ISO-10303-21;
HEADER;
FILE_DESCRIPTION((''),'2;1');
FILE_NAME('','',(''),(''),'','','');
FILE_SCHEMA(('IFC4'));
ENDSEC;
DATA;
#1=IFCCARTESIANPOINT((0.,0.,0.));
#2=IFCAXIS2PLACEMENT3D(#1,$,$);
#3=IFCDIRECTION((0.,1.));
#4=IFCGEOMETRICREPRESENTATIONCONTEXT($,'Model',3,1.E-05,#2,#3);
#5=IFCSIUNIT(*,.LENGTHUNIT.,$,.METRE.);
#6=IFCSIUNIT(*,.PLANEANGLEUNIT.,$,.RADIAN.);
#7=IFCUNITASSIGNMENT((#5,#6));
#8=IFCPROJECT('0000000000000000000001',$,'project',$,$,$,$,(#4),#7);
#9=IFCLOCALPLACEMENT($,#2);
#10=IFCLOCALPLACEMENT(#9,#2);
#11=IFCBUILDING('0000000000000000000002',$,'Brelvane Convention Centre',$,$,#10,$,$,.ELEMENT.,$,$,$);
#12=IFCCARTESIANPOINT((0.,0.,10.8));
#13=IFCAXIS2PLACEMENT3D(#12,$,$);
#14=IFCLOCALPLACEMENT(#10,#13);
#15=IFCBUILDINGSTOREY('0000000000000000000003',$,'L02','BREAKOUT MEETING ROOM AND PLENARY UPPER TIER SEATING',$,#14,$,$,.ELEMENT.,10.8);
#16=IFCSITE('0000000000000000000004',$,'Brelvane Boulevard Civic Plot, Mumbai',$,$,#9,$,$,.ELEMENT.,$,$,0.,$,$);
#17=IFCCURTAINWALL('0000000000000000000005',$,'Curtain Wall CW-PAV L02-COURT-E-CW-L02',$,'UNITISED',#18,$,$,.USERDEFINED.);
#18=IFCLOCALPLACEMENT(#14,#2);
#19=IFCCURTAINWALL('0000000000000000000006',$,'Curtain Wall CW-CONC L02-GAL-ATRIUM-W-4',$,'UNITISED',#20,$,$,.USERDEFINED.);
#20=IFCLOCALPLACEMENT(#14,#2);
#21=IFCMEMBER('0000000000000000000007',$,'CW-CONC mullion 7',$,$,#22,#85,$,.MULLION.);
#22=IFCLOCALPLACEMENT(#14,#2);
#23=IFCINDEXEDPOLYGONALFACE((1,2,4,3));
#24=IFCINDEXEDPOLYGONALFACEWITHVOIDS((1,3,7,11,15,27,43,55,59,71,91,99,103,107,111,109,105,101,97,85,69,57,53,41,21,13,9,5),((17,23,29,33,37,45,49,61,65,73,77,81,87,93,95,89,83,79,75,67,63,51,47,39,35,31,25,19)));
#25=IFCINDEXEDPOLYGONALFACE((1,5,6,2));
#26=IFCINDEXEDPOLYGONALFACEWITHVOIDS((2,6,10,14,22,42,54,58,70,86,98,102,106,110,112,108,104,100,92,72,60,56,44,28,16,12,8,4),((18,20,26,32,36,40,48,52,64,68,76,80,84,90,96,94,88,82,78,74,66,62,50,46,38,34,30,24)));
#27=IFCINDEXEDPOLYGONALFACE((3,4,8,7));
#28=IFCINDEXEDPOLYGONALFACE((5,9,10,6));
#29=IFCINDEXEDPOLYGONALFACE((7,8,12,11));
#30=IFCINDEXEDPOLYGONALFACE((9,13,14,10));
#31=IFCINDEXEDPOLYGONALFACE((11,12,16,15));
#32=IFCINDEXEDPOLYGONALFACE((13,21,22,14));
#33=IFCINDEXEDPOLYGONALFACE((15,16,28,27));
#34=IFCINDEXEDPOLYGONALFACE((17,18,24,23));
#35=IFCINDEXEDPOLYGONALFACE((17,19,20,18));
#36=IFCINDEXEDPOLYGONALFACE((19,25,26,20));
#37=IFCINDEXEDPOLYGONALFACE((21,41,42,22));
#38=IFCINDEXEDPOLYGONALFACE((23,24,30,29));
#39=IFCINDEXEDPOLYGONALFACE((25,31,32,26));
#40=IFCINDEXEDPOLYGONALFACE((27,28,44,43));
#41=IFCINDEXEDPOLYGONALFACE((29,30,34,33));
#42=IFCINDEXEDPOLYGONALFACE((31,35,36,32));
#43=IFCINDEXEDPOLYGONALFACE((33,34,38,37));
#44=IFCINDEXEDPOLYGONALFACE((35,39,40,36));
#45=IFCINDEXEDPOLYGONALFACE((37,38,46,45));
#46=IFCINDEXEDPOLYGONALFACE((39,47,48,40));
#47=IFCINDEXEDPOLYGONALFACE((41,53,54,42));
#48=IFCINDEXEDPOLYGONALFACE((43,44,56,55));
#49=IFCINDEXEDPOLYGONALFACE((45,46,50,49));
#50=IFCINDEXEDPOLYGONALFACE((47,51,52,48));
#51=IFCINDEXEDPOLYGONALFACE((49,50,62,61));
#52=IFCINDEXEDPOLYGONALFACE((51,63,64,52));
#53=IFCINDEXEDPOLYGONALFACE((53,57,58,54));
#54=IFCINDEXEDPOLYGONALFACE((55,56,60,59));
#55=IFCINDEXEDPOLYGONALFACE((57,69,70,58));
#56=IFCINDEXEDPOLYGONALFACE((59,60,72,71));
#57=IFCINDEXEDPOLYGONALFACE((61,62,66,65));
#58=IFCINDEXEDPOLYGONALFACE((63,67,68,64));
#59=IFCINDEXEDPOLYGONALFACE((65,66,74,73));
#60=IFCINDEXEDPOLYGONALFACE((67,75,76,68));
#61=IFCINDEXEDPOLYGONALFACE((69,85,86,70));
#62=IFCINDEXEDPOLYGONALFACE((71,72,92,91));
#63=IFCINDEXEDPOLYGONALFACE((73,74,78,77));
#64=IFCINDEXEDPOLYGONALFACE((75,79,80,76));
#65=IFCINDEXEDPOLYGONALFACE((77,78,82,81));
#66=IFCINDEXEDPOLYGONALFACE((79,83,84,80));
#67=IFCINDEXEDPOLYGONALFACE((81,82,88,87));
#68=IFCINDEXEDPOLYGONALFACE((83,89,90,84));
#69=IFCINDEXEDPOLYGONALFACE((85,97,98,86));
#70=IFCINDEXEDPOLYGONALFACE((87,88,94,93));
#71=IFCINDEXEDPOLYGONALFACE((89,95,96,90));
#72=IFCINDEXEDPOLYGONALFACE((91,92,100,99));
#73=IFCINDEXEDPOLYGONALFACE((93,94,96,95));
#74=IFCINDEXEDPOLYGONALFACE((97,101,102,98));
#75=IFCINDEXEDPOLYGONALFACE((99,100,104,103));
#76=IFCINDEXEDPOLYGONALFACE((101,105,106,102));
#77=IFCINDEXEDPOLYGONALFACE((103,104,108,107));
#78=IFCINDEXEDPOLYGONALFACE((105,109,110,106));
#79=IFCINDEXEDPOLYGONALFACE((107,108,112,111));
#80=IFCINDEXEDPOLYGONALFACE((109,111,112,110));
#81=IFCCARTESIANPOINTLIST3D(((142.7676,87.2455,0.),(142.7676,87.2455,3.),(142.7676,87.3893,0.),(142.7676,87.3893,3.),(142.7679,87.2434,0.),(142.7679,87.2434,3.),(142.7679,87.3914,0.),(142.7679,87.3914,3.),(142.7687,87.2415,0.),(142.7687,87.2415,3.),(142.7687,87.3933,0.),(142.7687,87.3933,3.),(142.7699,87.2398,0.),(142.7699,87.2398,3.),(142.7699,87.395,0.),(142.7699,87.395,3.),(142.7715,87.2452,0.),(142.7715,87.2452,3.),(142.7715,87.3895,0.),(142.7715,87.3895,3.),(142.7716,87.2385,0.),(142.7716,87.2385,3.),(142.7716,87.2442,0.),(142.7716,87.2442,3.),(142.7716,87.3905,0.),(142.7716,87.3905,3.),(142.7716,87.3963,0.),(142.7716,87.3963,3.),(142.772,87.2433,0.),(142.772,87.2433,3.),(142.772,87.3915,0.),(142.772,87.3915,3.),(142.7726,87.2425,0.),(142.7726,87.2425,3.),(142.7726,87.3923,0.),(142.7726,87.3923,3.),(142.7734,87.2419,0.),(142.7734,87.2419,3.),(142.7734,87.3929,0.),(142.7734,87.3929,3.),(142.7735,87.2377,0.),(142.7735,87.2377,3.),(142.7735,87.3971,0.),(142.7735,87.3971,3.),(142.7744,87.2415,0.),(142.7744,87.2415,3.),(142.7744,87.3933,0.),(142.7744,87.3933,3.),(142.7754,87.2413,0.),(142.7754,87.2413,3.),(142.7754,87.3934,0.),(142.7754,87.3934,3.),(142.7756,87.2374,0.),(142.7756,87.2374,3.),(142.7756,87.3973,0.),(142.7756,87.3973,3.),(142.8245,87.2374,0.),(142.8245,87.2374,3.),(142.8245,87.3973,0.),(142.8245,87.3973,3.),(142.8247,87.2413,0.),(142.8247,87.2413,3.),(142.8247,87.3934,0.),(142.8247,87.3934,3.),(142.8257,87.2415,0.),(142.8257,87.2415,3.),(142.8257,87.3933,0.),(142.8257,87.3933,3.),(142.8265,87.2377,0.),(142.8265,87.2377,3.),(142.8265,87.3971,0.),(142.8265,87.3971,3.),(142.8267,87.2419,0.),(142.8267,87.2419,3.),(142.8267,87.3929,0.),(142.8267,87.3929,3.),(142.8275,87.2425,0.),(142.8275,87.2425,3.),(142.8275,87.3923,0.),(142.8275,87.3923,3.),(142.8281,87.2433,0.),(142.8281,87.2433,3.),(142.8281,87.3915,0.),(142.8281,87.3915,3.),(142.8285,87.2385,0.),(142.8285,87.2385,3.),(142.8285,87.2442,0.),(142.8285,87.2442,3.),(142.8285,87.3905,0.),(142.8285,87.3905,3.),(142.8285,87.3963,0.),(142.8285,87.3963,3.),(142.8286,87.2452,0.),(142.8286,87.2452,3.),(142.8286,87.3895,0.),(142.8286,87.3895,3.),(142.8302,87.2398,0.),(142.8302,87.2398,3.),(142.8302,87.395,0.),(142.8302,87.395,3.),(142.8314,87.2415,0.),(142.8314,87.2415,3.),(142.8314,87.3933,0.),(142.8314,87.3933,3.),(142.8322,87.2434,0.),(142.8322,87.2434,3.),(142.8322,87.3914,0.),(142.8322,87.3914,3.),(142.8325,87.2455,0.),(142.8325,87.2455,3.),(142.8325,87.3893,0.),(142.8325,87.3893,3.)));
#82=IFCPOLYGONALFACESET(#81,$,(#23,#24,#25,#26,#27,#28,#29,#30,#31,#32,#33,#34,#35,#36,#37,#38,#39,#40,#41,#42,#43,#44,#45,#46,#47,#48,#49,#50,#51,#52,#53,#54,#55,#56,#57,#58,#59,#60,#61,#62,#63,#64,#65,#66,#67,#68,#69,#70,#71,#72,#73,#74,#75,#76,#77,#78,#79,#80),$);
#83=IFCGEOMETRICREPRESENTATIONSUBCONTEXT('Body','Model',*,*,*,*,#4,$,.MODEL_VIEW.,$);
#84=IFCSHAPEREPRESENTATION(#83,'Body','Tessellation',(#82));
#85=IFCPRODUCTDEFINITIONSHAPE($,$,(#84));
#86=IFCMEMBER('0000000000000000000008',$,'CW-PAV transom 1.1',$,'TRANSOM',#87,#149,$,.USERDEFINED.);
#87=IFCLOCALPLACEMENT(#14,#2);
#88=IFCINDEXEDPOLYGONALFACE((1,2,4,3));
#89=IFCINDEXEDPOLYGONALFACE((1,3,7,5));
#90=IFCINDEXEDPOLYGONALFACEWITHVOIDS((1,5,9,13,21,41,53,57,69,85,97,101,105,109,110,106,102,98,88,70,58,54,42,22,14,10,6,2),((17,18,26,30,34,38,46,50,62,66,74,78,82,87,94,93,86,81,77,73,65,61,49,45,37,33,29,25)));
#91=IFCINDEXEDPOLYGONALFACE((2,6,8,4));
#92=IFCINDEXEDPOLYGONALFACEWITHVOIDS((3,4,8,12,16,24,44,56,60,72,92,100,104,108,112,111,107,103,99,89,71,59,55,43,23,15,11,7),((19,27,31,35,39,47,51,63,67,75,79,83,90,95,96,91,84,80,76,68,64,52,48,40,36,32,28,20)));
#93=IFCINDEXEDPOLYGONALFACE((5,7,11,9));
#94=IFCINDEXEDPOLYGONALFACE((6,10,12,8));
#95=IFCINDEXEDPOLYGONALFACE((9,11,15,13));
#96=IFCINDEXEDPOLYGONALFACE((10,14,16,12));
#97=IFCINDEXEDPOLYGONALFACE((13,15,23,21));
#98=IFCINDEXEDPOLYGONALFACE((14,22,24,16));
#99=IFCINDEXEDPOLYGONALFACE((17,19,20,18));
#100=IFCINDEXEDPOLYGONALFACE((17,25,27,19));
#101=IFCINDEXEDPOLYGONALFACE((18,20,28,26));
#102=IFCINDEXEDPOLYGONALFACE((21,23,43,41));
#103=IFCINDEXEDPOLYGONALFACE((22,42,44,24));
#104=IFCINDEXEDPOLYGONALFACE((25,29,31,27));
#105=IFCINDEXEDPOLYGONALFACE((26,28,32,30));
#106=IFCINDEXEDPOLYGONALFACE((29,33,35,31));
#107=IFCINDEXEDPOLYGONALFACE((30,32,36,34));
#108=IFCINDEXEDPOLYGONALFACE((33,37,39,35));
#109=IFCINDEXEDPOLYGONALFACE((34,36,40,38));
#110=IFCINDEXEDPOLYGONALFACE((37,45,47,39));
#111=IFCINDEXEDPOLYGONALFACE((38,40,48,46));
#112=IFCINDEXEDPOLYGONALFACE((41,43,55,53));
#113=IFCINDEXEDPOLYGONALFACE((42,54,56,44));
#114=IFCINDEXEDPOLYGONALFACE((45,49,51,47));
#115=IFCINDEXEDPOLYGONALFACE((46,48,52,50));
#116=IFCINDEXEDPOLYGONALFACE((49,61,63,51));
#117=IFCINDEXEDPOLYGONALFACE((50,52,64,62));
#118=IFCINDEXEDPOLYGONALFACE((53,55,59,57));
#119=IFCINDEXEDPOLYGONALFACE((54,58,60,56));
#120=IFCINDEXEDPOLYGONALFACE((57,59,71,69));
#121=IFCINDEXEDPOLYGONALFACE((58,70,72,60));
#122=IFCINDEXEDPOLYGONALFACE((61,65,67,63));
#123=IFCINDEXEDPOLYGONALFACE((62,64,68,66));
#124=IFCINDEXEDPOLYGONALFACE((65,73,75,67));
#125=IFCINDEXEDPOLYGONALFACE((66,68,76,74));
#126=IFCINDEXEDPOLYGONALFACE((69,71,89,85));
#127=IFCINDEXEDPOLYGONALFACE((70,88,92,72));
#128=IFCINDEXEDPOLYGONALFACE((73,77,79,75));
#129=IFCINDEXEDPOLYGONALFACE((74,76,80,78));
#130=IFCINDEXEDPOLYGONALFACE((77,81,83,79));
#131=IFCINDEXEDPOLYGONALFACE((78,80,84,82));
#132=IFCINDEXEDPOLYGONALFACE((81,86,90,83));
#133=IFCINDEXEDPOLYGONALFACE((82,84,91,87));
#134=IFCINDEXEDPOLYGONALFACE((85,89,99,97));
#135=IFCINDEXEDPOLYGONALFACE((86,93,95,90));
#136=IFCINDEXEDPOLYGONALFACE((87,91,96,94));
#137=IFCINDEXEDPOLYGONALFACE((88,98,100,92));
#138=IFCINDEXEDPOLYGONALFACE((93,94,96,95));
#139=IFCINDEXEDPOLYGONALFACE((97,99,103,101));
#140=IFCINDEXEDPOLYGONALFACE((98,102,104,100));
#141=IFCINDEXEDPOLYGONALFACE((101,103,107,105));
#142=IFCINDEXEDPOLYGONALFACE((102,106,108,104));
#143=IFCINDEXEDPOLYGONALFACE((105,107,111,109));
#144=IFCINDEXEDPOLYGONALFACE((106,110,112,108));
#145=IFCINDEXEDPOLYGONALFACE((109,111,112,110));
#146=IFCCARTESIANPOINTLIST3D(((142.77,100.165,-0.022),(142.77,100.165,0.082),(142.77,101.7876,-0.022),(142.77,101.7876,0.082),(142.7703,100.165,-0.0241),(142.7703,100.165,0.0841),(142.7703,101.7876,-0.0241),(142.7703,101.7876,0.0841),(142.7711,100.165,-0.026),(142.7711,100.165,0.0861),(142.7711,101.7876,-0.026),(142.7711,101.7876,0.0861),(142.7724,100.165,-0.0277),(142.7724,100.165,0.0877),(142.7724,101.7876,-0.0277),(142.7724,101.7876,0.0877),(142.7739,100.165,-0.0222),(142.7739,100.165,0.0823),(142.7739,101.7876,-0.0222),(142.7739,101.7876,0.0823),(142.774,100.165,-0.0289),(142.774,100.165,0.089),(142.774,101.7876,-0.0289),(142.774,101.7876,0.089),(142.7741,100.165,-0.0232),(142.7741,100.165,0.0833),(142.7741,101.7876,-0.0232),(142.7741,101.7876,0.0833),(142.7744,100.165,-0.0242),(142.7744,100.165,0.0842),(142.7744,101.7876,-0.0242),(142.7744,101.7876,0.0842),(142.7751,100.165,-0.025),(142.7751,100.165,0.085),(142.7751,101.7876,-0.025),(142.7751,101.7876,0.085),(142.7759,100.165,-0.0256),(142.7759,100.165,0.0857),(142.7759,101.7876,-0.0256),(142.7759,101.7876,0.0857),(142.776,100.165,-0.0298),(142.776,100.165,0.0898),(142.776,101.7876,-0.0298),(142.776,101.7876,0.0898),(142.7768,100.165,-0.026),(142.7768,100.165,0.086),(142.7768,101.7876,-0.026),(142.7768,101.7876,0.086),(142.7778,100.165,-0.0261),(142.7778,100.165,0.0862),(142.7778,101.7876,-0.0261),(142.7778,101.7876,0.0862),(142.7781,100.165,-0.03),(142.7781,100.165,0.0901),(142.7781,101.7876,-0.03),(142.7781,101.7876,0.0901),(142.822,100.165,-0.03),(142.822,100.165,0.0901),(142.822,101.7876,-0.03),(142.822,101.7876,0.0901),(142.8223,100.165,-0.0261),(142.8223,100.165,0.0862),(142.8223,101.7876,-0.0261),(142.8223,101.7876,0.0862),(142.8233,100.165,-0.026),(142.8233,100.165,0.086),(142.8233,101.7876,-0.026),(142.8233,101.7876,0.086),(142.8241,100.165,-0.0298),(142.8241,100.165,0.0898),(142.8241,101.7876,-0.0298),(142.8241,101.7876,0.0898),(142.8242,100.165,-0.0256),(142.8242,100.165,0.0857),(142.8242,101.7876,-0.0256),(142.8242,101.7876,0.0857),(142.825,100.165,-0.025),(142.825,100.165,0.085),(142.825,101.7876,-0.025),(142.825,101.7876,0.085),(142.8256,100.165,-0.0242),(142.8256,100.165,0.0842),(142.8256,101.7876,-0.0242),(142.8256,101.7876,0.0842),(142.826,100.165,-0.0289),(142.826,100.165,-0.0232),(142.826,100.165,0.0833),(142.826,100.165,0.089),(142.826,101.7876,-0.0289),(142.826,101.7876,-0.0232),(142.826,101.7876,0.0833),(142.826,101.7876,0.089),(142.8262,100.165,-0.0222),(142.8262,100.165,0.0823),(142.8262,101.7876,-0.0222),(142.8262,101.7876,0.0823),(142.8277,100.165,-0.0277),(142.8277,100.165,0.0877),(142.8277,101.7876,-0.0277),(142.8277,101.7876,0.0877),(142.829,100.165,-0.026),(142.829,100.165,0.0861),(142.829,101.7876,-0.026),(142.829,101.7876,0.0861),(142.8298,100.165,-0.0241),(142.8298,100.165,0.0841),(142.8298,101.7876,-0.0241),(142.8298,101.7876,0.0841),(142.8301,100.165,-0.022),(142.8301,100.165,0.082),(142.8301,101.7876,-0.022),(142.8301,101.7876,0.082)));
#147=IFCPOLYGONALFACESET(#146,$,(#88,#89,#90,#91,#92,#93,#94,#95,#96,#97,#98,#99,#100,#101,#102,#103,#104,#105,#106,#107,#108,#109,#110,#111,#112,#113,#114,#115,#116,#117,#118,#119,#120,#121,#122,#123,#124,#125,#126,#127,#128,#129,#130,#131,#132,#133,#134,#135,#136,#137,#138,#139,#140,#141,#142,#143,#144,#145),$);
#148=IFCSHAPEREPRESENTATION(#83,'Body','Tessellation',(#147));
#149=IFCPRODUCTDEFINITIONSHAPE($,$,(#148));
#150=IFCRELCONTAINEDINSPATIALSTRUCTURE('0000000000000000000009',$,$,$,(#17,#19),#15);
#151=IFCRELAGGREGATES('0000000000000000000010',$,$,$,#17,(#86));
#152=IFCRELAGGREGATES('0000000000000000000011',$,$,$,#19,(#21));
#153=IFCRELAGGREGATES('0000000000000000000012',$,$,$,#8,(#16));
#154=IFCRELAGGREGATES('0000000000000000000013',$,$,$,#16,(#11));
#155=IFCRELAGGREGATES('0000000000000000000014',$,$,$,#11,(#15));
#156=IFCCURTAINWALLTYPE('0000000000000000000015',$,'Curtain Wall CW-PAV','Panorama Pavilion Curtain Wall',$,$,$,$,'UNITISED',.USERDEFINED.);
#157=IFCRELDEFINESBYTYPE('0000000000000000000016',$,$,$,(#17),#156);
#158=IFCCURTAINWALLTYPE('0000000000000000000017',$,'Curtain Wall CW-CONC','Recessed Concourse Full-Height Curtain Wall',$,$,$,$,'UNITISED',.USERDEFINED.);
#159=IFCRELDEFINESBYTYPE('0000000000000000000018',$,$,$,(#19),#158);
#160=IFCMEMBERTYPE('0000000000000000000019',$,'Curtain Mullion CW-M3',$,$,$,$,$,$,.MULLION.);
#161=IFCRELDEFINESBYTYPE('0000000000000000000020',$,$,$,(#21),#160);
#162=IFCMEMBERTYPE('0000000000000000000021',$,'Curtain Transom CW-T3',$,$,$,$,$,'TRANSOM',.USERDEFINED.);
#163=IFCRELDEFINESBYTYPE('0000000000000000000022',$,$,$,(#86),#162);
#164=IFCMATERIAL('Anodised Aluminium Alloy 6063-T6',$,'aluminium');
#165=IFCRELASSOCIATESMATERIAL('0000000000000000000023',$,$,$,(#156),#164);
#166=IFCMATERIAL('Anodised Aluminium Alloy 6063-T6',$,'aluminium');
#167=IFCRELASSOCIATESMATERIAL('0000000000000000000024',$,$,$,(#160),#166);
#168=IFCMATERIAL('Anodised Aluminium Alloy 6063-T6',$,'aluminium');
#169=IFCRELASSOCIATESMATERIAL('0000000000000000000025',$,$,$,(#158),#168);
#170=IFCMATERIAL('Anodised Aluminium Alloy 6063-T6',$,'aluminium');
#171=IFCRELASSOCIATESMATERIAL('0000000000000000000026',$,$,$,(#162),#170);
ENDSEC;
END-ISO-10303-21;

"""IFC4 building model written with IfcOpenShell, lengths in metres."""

from ifc_helpers import new_model, si_unit, direction, frame, origin, origin_2d, place, context, subcontext, project, spatial, hollow_rectangle, extrude, material, material_profile, profile_set, type_object, element, aggregate, save


model = new_model("IFC4")

# Units and contexts
model_context = context("Model", 3, precision=1e-05, world=origin(), true_north=direction((0.0, 1.0)))
body_context = subcontext(model_context, "Body", "Model", "MODEL_VIEW")
ifc_project = project(units=[si_unit("LENGTHUNIT", "METRE"), si_unit("PLANEANGLEUNIT", "RADIAN")], contexts=[model_context])

# Site, building, storey
site_placement = place(None, origin())
site = spatial("IfcSite", under=ifc_project, at=site_placement, Name="Brelvane Boulevard Civic Plot, Mumbai", CompositionType="ELEMENT", RefElevation=0.0)
building_placement = place(site_placement, origin())
building = spatial("IfcBuilding", under=site, at=building_placement, Name="Brelvane Convention Centre", CompositionType="ELEMENT")
storey_placement = place(building_placement, frame((0.0, 0.0, 10.8)))
storey = spatial("IfcBuildingStorey", under=building, at=storey_placement, Name="L02", Description="BREAKOUT MEETING ROOM AND PLENARY UPPER TIER SEATING", CompositionType="ELEMENT", Elevation=10.8)

# Curtain walls, member
ifc_material_1 = material(Name="Anodised Aluminium Alloy 6063-T6", Category="aluminium")
curtain_wall_type_1 = type_object("IfcCurtainWallType", Name="Curtain Wall CW-PAV", Description="Panorama Pavilion Curtain Wall", ElementType="UNITISED", PredefinedType="USERDEFINED", material=ifc_material_1)
curtain_wall_1_placement = place(storey_placement, origin())
curtain_wall_1 = element("IfcCurtainWall", 1, at=curtain_wall_1_placement, inside=storey, type_object=curtain_wall_type_1, Name="Curtain Wall CW-PAV L02-COURT-E-CW-L02", ObjectType="UNITISED", PredefinedType="USERDEFINED")
ifc_material_2 = material(Name="Anodised Aluminium Alloy 6063-T6", Category="aluminium")
ifc_material_profile_1 = material_profile(ifc_material_2, hollow_rectangle(XDim=0.0649, YDim=0.1599, WallThickness=0.0039, InnerFilletRadius=0.0039, OuterFilletRadius=0.0081, at=origin_2d()), Name="ALU-M 160x65x4.0")
ifc_profile_set_1 = profile_set([ifc_material_profile_1], Name="Anodised Aluminium Alloy 6063-T6")
member_type_1 = type_object("IfcMemberType", Name="Curtain Mullion CW-M3", PredefinedType="MULLION", material=ifc_profile_set_1)
ifc_material_3 = material(Name="Anodised Aluminium Alloy 6063-T6", Category="aluminium")
curtain_wall_type_2 = type_object("IfcCurtainWallType", Name="Curtain Wall CW-CONC", Description="Recessed Concourse Full-Height Curtain Wall", ElementType="UNITISED", PredefinedType="USERDEFINED", material=ifc_material_3)
curtain_wall_2_placement = place(storey_placement, origin())
curtain_wall_2 = element("IfcCurtainWall", 2, at=curtain_wall_2_placement, inside=storey, type_object=curtain_wall_type_2, Name="Curtain Wall CW-CONC L02-GAL-ATRIUM-W-4", ObjectType="UNITISED", PredefinedType="USERDEFINED")
member_1_placement = place(storey_placement, frame((142.8, 87.3174, 0.0), z_axis=(0.0, 0.0, 1.0), x_axis=(-1.0, 0.0, 0.0)))
member_1 = element("IfcMember", 3, at=member_1_placement, type_object=member_type_1, Name="CW-CONC mullion 7", PredefinedType="MULLION", context=body_context, shape_type="SweptSolid", body=[
    extrude(hollow_rectangle(XDim=0.0649, YDim=0.1599, WallThickness=0.0039, InnerFilletRadius=0.0039, OuterFilletRadius=0.0081, at=origin_2d()), origin(), (0.0, 0.0, 1.0), 3.0),
])

# Member
ifc_material_4 = material(Name="Anodised Aluminium Alloy 6063-T6", Category="aluminium")
ifc_material_profile_2 = material_profile(ifc_material_4, hollow_rectangle(XDim=0.0601, YDim=0.1201, WallThickness=0.0039, InnerFilletRadius=0.0039, OuterFilletRadius=0.0081, at=origin_2d()), Name="ALU-T 120x60x4.0")
ifc_profile_set_2 = profile_set([ifc_material_profile_2], Name="Anodised Aluminium Alloy 6063-T6")
member_type_2 = type_object("IfcMemberType", Name="Curtain Transom CW-T3", ElementType="TRANSOM", PredefinedType="USERDEFINED", material=ifc_profile_set_2)
member_2_placement = place(storey_placement, frame((142.8, 100.165, 0.03), z_axis=(0.0, 1.0, 0.0), x_axis=(-1.0, 0.0, 0.0)))
member_2 = element("IfcMember", 4, at=member_2_placement, type_object=member_type_2, Name="CW-PAV transom 1.1", ObjectType="TRANSOM", PredefinedType="USERDEFINED", context=body_context, shape_type="SweptSolid", body=[
    extrude(hollow_rectangle(XDim=0.0601, YDim=0.1201, WallThickness=0.0039, InnerFilletRadius=0.0039, OuterFilletRadius=0.0081, at=origin_2d()), origin(), (0.0, 0.0, 1.0), 1.6226),
])
aggregate(curtain_wall_1, [member_2])

aggregate(curtain_wall_2, [member_1])

save(model, "model.ifc")
